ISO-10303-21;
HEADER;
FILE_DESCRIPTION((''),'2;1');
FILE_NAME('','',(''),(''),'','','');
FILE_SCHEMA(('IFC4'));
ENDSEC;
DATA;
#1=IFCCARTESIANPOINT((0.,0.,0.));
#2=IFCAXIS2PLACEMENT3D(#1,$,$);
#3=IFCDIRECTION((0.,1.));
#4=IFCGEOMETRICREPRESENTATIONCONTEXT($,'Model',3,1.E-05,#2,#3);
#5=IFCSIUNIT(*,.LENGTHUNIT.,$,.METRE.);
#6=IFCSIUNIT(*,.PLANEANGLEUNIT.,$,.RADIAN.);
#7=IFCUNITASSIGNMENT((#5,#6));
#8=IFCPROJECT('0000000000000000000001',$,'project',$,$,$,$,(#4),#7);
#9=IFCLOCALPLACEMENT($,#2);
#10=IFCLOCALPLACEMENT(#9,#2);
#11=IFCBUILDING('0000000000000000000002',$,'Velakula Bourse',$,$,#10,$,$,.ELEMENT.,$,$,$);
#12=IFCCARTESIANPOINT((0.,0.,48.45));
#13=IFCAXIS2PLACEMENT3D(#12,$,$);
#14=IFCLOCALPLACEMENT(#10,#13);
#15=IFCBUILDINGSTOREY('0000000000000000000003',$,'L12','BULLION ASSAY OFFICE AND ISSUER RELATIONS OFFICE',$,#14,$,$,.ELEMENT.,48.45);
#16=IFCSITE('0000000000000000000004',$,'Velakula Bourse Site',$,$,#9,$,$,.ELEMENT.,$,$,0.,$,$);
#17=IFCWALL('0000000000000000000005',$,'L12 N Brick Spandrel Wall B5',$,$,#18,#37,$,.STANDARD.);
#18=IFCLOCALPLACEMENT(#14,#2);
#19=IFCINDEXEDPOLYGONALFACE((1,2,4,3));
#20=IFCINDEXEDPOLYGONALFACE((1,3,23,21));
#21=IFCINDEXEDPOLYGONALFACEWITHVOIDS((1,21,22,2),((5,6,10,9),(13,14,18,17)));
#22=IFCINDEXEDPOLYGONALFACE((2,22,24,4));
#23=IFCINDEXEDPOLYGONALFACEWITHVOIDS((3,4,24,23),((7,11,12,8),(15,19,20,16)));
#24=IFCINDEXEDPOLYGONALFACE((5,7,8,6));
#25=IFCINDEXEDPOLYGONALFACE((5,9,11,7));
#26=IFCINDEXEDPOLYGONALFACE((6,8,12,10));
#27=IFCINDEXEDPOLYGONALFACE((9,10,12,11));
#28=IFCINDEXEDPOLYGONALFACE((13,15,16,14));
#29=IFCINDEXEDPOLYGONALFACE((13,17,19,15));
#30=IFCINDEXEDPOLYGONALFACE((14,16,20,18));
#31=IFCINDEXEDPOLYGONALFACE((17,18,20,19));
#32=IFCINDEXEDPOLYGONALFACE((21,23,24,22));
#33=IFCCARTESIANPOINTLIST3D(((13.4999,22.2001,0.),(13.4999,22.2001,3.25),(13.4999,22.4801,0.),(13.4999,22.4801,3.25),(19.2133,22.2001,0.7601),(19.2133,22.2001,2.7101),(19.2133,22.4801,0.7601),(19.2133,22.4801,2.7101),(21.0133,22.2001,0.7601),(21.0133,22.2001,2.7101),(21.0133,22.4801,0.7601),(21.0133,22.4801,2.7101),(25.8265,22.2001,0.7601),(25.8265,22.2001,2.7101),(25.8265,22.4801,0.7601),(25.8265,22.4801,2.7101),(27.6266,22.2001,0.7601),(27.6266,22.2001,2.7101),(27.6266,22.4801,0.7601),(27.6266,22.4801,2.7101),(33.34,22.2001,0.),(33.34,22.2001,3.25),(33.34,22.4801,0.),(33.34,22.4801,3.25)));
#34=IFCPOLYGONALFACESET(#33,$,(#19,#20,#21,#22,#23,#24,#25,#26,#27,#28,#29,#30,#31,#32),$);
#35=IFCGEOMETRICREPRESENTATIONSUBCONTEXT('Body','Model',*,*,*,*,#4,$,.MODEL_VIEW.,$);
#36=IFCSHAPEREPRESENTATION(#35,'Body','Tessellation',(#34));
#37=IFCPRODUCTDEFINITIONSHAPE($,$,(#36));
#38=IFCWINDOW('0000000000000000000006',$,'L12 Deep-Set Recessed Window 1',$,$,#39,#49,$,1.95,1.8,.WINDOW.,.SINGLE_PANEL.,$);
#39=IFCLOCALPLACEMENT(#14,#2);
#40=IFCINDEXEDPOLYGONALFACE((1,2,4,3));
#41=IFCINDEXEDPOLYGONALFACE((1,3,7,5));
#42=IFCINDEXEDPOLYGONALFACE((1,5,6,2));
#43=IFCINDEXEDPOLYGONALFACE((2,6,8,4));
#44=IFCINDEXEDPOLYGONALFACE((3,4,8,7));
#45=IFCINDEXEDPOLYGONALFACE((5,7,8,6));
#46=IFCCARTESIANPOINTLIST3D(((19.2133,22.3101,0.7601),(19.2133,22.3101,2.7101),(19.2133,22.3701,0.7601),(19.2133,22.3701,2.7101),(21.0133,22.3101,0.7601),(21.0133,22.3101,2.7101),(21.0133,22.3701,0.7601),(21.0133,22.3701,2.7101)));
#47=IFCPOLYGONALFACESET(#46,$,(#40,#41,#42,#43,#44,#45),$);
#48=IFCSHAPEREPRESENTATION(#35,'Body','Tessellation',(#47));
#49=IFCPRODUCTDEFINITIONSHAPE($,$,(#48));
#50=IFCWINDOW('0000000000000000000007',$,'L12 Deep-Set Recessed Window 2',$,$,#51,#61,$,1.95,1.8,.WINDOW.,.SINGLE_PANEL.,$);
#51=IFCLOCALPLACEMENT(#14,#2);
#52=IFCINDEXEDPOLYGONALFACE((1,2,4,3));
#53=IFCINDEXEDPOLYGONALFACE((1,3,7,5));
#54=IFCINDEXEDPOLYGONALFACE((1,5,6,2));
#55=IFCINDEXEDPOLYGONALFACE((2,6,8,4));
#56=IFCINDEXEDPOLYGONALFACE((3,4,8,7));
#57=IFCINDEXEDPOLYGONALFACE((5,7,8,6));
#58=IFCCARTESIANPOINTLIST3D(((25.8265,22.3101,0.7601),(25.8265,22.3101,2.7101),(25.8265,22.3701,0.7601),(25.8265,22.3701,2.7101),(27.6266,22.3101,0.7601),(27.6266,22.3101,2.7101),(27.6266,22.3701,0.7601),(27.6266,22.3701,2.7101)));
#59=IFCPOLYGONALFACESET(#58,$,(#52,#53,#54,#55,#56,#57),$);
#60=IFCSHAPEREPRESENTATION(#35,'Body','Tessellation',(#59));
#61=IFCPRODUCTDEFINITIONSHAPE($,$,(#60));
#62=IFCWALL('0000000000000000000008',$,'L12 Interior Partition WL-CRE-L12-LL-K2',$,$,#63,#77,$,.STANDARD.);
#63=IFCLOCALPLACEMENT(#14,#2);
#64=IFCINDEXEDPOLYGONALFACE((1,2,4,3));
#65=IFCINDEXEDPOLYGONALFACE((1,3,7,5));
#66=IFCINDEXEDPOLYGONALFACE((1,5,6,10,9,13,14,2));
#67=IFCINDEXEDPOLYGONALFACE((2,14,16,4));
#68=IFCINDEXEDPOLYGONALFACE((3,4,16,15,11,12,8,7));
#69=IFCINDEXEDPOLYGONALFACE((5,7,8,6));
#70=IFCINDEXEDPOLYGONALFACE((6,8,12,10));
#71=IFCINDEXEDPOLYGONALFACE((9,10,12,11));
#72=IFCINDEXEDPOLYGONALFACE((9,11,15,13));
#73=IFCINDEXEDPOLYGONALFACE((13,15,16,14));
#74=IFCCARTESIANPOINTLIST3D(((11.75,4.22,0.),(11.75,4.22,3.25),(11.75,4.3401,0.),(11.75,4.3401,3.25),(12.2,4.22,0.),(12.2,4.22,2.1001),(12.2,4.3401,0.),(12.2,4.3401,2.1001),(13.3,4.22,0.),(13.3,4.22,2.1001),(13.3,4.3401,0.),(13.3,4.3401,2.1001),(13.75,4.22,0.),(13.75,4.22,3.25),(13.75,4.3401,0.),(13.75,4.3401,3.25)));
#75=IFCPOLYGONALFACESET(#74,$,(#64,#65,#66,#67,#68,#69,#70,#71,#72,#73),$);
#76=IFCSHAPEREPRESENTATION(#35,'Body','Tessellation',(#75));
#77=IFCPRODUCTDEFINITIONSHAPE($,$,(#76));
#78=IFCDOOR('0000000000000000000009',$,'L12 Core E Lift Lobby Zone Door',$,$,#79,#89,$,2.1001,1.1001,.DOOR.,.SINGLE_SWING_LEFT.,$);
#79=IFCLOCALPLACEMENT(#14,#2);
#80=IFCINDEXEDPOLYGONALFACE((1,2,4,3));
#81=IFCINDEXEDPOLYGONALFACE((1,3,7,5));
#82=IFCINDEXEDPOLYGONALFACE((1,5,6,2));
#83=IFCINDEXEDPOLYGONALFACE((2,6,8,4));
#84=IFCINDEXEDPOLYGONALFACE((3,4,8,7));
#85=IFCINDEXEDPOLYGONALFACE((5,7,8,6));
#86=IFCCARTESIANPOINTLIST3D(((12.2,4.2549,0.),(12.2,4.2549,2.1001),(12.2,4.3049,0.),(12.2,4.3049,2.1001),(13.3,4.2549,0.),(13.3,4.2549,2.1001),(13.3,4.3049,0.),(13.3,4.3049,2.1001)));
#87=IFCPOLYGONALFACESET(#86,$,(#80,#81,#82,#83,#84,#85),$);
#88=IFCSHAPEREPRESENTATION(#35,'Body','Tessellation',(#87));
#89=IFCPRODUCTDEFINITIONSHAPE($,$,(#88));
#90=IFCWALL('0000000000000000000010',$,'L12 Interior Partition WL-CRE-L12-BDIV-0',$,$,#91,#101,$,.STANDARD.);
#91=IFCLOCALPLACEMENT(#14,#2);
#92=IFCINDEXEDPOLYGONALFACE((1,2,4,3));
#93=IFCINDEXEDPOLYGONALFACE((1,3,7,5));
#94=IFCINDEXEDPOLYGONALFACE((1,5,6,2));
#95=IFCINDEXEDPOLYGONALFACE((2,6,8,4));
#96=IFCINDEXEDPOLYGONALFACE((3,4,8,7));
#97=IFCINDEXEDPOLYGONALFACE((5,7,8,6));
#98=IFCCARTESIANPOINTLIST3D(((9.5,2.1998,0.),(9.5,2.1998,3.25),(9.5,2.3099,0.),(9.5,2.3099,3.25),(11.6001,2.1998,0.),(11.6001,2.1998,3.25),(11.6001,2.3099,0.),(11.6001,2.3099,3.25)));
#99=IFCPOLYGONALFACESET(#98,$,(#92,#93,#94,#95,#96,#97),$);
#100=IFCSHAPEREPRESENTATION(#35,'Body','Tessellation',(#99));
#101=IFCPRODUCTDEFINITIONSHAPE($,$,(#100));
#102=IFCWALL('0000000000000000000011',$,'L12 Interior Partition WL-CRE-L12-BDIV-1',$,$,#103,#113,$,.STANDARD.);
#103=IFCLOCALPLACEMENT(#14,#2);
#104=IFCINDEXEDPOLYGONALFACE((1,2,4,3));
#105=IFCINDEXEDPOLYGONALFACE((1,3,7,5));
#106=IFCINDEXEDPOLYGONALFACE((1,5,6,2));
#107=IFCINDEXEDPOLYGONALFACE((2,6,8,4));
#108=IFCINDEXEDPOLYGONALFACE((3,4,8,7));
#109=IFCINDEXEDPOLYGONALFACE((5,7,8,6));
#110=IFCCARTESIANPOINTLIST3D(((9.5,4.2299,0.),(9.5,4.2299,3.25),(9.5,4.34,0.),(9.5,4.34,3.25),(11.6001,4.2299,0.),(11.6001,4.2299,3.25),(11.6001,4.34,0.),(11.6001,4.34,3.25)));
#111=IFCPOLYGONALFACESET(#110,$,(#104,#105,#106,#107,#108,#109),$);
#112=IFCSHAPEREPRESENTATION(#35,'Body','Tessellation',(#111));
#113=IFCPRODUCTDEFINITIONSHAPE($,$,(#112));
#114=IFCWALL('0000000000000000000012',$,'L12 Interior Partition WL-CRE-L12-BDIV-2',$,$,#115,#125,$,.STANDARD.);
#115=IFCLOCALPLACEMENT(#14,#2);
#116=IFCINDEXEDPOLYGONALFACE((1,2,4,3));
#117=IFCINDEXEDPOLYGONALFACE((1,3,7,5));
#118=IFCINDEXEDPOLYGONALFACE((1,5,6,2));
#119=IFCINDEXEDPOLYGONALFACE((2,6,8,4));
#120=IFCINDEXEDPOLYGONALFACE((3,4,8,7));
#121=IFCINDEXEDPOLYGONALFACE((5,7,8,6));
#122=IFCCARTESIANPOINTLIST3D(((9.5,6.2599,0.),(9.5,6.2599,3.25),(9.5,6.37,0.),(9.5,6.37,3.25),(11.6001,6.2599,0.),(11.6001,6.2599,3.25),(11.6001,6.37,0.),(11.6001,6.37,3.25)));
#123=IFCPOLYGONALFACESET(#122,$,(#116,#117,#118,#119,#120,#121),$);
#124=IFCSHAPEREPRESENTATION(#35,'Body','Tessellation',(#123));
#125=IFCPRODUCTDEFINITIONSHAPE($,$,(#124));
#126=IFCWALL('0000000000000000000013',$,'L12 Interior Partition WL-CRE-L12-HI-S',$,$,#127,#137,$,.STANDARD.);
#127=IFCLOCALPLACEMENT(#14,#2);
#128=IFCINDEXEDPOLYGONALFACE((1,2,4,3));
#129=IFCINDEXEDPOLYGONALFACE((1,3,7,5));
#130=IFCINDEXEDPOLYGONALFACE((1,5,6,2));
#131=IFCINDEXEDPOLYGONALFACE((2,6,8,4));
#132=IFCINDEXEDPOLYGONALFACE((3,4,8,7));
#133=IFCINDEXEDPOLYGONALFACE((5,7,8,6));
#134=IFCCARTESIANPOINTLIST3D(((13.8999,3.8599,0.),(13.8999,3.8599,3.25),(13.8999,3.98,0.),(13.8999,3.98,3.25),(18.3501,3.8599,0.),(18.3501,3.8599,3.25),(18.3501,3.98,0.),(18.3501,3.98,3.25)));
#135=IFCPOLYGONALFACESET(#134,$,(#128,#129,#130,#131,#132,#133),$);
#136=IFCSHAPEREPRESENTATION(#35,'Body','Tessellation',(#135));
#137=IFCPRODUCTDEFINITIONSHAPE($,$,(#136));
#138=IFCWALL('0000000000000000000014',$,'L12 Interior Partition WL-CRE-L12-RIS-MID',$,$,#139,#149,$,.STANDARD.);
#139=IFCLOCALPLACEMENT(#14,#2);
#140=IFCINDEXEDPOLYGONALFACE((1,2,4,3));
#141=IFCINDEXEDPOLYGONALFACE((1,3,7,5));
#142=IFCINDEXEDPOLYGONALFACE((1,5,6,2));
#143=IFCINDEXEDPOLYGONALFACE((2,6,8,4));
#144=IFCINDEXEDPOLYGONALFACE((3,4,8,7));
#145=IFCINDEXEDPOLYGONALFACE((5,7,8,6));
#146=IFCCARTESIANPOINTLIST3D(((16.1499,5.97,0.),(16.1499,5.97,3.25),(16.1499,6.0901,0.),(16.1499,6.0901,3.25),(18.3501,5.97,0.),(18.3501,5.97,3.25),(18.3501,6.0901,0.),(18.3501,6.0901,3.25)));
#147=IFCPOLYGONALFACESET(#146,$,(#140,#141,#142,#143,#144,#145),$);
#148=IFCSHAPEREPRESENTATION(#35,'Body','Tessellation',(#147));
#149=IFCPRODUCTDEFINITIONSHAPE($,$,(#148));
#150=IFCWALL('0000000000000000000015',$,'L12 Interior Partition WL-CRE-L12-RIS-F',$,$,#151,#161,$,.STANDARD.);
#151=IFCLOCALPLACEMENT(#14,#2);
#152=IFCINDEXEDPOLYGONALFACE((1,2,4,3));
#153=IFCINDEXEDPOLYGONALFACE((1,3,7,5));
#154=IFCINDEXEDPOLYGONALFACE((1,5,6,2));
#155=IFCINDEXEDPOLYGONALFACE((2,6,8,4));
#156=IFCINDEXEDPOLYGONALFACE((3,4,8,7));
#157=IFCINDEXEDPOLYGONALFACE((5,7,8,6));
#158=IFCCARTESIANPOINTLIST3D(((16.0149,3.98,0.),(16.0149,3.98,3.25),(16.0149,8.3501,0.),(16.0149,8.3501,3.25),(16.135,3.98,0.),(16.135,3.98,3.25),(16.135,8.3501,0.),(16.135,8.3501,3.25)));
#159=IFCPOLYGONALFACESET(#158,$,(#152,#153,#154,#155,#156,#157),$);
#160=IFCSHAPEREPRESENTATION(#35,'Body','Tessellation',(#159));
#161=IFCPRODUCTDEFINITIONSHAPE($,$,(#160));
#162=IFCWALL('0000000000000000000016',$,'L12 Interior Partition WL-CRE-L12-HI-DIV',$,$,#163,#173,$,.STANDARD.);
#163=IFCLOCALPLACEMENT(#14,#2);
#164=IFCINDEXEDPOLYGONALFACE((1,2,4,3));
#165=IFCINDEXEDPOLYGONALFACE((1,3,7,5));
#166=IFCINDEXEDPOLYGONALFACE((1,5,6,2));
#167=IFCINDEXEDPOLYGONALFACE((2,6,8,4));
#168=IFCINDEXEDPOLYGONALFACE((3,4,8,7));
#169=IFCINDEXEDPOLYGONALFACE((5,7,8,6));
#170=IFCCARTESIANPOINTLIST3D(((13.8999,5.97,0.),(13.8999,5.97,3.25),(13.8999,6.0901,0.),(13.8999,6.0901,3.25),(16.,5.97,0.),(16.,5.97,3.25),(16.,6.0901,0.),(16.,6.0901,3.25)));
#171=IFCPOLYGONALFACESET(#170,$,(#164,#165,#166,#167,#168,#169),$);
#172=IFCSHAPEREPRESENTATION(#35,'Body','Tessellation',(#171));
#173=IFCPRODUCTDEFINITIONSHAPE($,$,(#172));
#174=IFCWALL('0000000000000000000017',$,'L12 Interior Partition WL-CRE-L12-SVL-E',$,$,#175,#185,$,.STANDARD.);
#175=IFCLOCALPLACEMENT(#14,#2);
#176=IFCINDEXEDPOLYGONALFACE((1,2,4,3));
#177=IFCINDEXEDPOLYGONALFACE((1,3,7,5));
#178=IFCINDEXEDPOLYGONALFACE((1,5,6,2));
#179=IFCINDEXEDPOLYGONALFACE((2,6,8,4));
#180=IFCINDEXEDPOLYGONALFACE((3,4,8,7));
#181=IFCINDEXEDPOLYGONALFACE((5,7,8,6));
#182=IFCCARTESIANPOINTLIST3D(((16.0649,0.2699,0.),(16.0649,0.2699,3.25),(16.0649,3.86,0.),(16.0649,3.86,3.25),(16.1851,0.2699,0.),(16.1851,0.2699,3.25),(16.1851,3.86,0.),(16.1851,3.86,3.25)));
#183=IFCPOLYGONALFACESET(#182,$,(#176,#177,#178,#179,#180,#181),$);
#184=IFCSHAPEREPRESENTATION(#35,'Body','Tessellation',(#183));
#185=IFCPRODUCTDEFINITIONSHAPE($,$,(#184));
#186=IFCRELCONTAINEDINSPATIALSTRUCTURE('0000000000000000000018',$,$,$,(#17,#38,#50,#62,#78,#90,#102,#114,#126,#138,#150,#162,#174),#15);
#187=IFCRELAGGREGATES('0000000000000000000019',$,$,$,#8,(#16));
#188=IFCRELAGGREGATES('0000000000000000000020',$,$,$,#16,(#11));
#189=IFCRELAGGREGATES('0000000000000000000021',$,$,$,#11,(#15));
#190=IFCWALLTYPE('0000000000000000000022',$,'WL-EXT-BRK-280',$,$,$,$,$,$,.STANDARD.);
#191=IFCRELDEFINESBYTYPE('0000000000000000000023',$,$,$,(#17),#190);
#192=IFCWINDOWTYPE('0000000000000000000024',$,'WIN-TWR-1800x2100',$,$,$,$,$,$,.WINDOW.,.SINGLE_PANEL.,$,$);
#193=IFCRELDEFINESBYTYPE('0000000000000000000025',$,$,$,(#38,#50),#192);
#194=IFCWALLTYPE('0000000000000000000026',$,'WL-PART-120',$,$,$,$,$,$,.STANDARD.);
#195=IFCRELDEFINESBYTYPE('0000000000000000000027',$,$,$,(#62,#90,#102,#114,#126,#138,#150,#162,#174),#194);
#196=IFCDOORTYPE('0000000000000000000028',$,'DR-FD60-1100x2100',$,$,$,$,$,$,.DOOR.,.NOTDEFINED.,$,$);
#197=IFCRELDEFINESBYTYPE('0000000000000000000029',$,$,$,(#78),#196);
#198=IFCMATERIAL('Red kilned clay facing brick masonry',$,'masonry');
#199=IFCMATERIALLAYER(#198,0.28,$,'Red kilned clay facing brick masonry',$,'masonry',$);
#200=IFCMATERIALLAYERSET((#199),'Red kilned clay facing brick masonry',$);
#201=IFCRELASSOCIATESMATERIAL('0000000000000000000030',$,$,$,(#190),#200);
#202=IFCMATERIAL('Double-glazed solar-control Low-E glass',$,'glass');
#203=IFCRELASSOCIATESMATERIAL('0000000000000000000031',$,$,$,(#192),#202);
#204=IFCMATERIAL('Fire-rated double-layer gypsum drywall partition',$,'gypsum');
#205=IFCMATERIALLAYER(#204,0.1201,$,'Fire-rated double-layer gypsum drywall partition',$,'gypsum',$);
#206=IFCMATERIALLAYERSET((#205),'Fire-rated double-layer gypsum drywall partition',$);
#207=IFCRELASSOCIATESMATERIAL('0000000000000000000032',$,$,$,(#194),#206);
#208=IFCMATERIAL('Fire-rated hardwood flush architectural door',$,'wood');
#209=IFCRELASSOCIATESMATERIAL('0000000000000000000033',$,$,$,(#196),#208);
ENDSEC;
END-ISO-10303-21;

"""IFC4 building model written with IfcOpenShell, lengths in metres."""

from ifc_helpers import new_model, si_unit, direction, frame, frame_2d, origin, place, context, subcontext, project, spatial, rectangle, extrude, material, layer, layer_set, type_object, element, fill, save


model = new_model("IFC4")

# Units and contexts
model_context = context("Model", 3, precision=1e-05, world=origin(), true_north=direction((0.0, 1.0)))
body_context = subcontext(model_context, "Body", "Model", "MODEL_VIEW")
ifc_project = project(units=[si_unit("LENGTHUNIT", "METRE"), si_unit("PLANEANGLEUNIT", "RADIAN")], contexts=[model_context])

# Site, building, storey
site_placement = place(None, origin())
site = spatial("IfcSite", under=ifc_project, at=site_placement, Name="Velakula Bourse Site", CompositionType="ELEMENT", RefElevation=0.0)
building_placement = place(site_placement, origin())
building = spatial("IfcBuilding", under=site, at=building_placement, Name="Velakula Bourse", CompositionType="ELEMENT")
storey_placement = place(building_placement, frame((0.0, 0.0, 48.45)))
storey = spatial("IfcBuildingStorey", under=building, at=storey_placement, Name="L12", Description="BULLION ASSAY OFFICE AND ISSUER RELATIONS OFFICE", CompositionType="ELEMENT", Elevation=48.45)

# Wall, openings, windows
ifc_material_1 = material(Name="Red kilned clay facing brick masonry", Category="masonry")
ifc_layer_1 = layer(ifc_material_1, 0.28, Name="Red kilned clay facing brick masonry", Category="masonry")
ifc_layer_set_1 = layer_set([ifc_layer_1], Name="Red kilned clay facing brick masonry")
wall_type_1 = type_object("IfcWallType", Name="WL-EXT-BRK-280", PredefinedType="STANDARD", material=ifc_layer_set_1)
wall_1_placement = place(storey_placement, frame((13.5, 22.3401, 0.0), z_axis=(0.0, 0.0, 1.0), x_axis=(1.0, 0.0, 0.0)))
wall_1 = element("IfcWall", 1, at=wall_1_placement, inside=storey, type_object=wall_type_1, Name="L12 N Brick Spandrel Wall B5", PredefinedType="STANDARD", context=body_context, shape_type="SweptSolid", body=[
    extrude(rectangle(XDim=19.8401, YDim=0.28, at=frame_2d((9.9199, 0.0))), origin(), (0.0, 0.0, 1.0), 3.25),
])
opening_1_placement = place(wall_1_placement, frame((5.7134, 0.0, 0.76)))
opening_1 = element("IfcOpeningElement", 2, at=opening_1_placement, cuts=wall_1, PredefinedType="OPENING", context=body_context, shape_type="SweptSolid", body=[
    extrude(rectangle(XDim=1.8, YDim=1.95, at=frame_2d((0.8999, 0.9751))), frame((0.0, 0.1499, 0.0), z_axis=(0.0, -1.0, 0.0), x_axis=(1.0, 0.0, 0.0)), (0.0, 0.0, 1.0), 0.3),
])
opening_2_placement = place(wall_1_placement, frame((12.3267, 0.0, 0.76)))
opening_2 = element("IfcOpeningElement", 3, at=opening_2_placement, cuts=wall_1, PredefinedType="OPENING", context=body_context, shape_type="SweptSolid", body=[
    extrude(rectangle(XDim=1.8, YDim=1.95, at=frame_2d((0.8999, 0.9751))), frame((0.0, 0.1499, 0.0), z_axis=(0.0, -1.0, 0.0), x_axis=(1.0, 0.0, 0.0)), (0.0, 0.0, 1.0), 0.3),
])
ifc_material_2 = material(Name="Double-glazed solar-control Low-E glass", Category="glass")
window_type = type_object("IfcWindowType", Name="WIN-TWR-1800x2100", PartitioningType="SINGLE_PANEL", PredefinedType="WINDOW", material=ifc_material_2)
window_1_placement = place(opening_1_placement, origin())
window_1 = element("IfcWindow", 4, at=window_1_placement, inside=storey, type_object=window_type, Name="L12 Deep-Set Recessed Window 1", OverallHeight=1.95, OverallWidth=1.8, PartitioningType="SINGLE_PANEL", PredefinedType="WINDOW", context=body_context, shape_type="SweptSolid", body=[
    extrude(rectangle(XDim=1.8, YDim=1.95, at=frame_2d((0.8999, 0.9751))), frame((0.0, 0.03, 0.0), z_axis=(0.0, -1.0, 0.0), x_axis=(1.0, 0.0, 0.0)), (0.0, 0.0, 1.0), 0.0601),
])
fill(opening_1, window_1)
window_2_placement = place(opening_2_placement, origin())
window_2 = element("IfcWindow", 5, at=window_2_placement, inside=storey, type_object=window_type, Name="L12 Deep-Set Recessed Window 2", OverallHeight=1.95, OverallWidth=1.8, PartitioningType="SINGLE_PANEL", PredefinedType="WINDOW", context=body_context, shape_type="SweptSolid", body=[
    extrude(rectangle(XDim=1.8, YDim=1.95, at=frame_2d((0.8999, 0.9751))), frame((0.0, 0.03, 0.0), z_axis=(0.0, -1.0, 0.0), x_axis=(1.0, 0.0, 0.0)), (0.0, 0.0, 1.0), 0.0601),
])
fill(opening_2, window_2)

# Wall, opening, door
ifc_material_3 = material(Name="Fire-rated double-layer gypsum drywall partition", Category="gypsum")
ifc_layer_2 = layer(ifc_material_3, 0.1201, Name="Fire-rated double-layer gypsum drywall partition", Category="gypsum")
ifc_layer_set_2 = layer_set([ifc_layer_2], Name="Fire-rated double-layer gypsum drywall partition")
wall_type_2 = type_object("IfcWallType", Name="WL-PART-120", PredefinedType="STANDARD", material=ifc_layer_set_2)
wall_2_placement = place(storey_placement, frame((11.75, 4.28, 0.0), z_axis=(0.0, 0.0, 1.0), x_axis=(1.0, 0.0, 0.0)))
wall_2 = element("IfcWall", 6, at=wall_2_placement, inside=storey, type_object=wall_type_2, Name="L12 Interior Partition WL-CRE-L12-LL-K2", PredefinedType="STANDARD", context=body_context, shape_type="SweptSolid", body=[
    extrude(rectangle(XDim=2.0, YDim=0.1201, at=frame_2d((1.0, 0.0))), origin(), (0.0, 0.0, 1.0), 3.25),
])
opening_3_placement = place(wall_2_placement, frame((0.45, 0.0, 0.0)))
opening_3 = element("IfcOpeningElement", 7, at=opening_3_placement, cuts=wall_2, PredefinedType="OPENING", context=body_context, shape_type="SweptSolid", body=[
    extrude(rectangle(XDim=1.1001, YDim=2.1001, at=frame_2d((0.55, 1.05))), frame((0.0, 0.0701, 0.0), z_axis=(0.0, -1.0, 0.0), x_axis=(1.0, 0.0, 0.0)), (0.0, 0.0, 1.0), 0.1401),
])
ifc_material_4 = material(Name="Fire-rated hardwood flush architectural door", Category="wood")
door_type_1 = type_object("IfcDoorType", Name="DR-FD60-1100x2100", OperationType="NOTDEFINED", PredefinedType="DOOR", material=ifc_material_4)
door_1_placement = place(opening_3_placement, origin())
door_1 = element("IfcDoor", 8, at=door_1_placement, inside=storey, type_object=door_type_1, Name="L12 Core E Lift Lobby Zone Door", OperationType="SINGLE_SWING_LEFT", OverallHeight=2.1001, OverallWidth=1.1001, PredefinedType="DOOR", context=body_context, shape_type="SweptSolid", body=[
    extrude(rectangle(XDim=1.1001, YDim=2.1001, at=frame_2d((0.55, 1.05))), frame((0.0, 0.0249, 0.0), z_axis=(0.0, -1.0, 0.0), x_axis=(1.0, 0.0, 0.0)), (0.0, 0.0, 1.0), 0.05),
])
fill(opening_3, door_1)

# Walls
for number, where, z_axis, x_axis, name in (
    (9, (9.5, 2.2549, 0.0), (0.0, 0.0, 1.0), (1.0, 0.0, 0.0), "L12 Interior Partition WL-CRE-L12-BDIV-0"),
    (10, (9.5, 4.2849, 0.0), (0.0, 0.0, 1.0), (1.0, 0.0, 0.0), "L12 Interior Partition WL-CRE-L12-BDIV-1"),
    (11, (9.5, 6.3149, 0.0), (0.0, 0.0, 1.0), (1.0, 0.0, 0.0), "L12 Interior Partition WL-CRE-L12-BDIV-2"),
):
    element("IfcWall", number, at=place(storey_placement, frame(where, z_axis=z_axis, x_axis=x_axis)), inside=storey, type_object=wall_type_2, Name=name, PredefinedType="STANDARD", context=body_context, shape_type="SweptSolid", body=[
        extrude(rectangle(XDim=2.1001, YDim=0.1101, at=frame_2d((1.05, 0.0))), origin(), (0.0, 0.0, 1.0), 3.25),
    ])
wall_3_placement = place(storey_placement, frame((13.8999, 3.9199, 0.0), z_axis=(0.0, 0.0, 1.0), x_axis=(1.0, 0.0, 0.0)))
element("IfcWall", 12, at=wall_3_placement, inside=storey, type_object=wall_type_2, Name="L12 Interior Partition WL-CRE-L12-HI-S", PredefinedType="STANDARD", context=body_context, shape_type="SweptSolid", body=[
    extrude(rectangle(XDim=4.4502, YDim=0.1201, at=frame_2d((2.2251, 0.0))), origin(), (0.0, 0.0, 1.0), 3.25),
])
wall_4_placement = place(storey_placement, frame((16.1499, 6.03, 0.0), z_axis=(0.0, 0.0, 1.0), x_axis=(1.0, 0.0, 0.0)))
element("IfcWall", 13, at=wall_4_placement, inside=storey, type_object=wall_type_2, Name="L12 Interior Partition WL-CRE-L12-RIS-MID", PredefinedType="STANDARD", context=body_context, shape_type="SweptSolid", body=[
    extrude(rectangle(XDim=2.2002, YDim=0.1201, at=frame_2d((1.1001, 0.0))), origin(), (0.0, 0.0, 1.0), 3.25),
])
wall_5_placement = place(storey_placement, frame((16.075, 3.98, 0.0), z_axis=(0.0, 0.0, 1.0), x_axis=(0.0, 1.0, 0.0)))
element("IfcWall", 14, at=wall_5_placement, inside=storey, type_object=wall_type_2, Name="L12 Interior Partition WL-CRE-L12-RIS-F", PredefinedType="STANDARD", context=body_context, shape_type="SweptSolid", body=[
    extrude(rectangle(XDim=4.3701, YDim=0.1201, at=frame_2d((2.1851, 0.0))), origin(), (0.0, 0.0, 1.0), 3.25),
])
wall_6_placement = place(storey_placement, frame((13.8999, 6.03, 0.0), z_axis=(0.0, 0.0, 1.0), x_axis=(1.0, 0.0, 0.0)))
element("IfcWall", 15, at=wall_6_placement, inside=storey, type_object=wall_type_2, Name="L12 Interior Partition WL-CRE-L12-HI-DIV", PredefinedType="STANDARD", context=body_context, shape_type="SweptSolid", body=[
    extrude(rectangle(XDim=2.1001, YDim=0.1201, at=frame_2d((1.05, 0.0))), origin(), (0.0, 0.0, 1.0), 3.25),
])
wall_7_placement = place(storey_placement, frame((16.125, 0.27, 0.0), z_axis=(0.0, 0.0, 1.0), x_axis=(0.0, 1.0, 0.0)))
element("IfcWall", 16, at=wall_7_placement, inside=storey, type_object=wall_type_2, Name="L12 Interior Partition WL-CRE-L12-SVL-E", PredefinedType="STANDARD", context=body_context, shape_type="SweptSolid", body=[
    extrude(rectangle(XDim=3.5901, YDim=0.1201, at=frame_2d((1.7949, 0.0))), origin(), (0.0, 0.0, 1.0), 3.25),
])

save(model, "model.ifc")
